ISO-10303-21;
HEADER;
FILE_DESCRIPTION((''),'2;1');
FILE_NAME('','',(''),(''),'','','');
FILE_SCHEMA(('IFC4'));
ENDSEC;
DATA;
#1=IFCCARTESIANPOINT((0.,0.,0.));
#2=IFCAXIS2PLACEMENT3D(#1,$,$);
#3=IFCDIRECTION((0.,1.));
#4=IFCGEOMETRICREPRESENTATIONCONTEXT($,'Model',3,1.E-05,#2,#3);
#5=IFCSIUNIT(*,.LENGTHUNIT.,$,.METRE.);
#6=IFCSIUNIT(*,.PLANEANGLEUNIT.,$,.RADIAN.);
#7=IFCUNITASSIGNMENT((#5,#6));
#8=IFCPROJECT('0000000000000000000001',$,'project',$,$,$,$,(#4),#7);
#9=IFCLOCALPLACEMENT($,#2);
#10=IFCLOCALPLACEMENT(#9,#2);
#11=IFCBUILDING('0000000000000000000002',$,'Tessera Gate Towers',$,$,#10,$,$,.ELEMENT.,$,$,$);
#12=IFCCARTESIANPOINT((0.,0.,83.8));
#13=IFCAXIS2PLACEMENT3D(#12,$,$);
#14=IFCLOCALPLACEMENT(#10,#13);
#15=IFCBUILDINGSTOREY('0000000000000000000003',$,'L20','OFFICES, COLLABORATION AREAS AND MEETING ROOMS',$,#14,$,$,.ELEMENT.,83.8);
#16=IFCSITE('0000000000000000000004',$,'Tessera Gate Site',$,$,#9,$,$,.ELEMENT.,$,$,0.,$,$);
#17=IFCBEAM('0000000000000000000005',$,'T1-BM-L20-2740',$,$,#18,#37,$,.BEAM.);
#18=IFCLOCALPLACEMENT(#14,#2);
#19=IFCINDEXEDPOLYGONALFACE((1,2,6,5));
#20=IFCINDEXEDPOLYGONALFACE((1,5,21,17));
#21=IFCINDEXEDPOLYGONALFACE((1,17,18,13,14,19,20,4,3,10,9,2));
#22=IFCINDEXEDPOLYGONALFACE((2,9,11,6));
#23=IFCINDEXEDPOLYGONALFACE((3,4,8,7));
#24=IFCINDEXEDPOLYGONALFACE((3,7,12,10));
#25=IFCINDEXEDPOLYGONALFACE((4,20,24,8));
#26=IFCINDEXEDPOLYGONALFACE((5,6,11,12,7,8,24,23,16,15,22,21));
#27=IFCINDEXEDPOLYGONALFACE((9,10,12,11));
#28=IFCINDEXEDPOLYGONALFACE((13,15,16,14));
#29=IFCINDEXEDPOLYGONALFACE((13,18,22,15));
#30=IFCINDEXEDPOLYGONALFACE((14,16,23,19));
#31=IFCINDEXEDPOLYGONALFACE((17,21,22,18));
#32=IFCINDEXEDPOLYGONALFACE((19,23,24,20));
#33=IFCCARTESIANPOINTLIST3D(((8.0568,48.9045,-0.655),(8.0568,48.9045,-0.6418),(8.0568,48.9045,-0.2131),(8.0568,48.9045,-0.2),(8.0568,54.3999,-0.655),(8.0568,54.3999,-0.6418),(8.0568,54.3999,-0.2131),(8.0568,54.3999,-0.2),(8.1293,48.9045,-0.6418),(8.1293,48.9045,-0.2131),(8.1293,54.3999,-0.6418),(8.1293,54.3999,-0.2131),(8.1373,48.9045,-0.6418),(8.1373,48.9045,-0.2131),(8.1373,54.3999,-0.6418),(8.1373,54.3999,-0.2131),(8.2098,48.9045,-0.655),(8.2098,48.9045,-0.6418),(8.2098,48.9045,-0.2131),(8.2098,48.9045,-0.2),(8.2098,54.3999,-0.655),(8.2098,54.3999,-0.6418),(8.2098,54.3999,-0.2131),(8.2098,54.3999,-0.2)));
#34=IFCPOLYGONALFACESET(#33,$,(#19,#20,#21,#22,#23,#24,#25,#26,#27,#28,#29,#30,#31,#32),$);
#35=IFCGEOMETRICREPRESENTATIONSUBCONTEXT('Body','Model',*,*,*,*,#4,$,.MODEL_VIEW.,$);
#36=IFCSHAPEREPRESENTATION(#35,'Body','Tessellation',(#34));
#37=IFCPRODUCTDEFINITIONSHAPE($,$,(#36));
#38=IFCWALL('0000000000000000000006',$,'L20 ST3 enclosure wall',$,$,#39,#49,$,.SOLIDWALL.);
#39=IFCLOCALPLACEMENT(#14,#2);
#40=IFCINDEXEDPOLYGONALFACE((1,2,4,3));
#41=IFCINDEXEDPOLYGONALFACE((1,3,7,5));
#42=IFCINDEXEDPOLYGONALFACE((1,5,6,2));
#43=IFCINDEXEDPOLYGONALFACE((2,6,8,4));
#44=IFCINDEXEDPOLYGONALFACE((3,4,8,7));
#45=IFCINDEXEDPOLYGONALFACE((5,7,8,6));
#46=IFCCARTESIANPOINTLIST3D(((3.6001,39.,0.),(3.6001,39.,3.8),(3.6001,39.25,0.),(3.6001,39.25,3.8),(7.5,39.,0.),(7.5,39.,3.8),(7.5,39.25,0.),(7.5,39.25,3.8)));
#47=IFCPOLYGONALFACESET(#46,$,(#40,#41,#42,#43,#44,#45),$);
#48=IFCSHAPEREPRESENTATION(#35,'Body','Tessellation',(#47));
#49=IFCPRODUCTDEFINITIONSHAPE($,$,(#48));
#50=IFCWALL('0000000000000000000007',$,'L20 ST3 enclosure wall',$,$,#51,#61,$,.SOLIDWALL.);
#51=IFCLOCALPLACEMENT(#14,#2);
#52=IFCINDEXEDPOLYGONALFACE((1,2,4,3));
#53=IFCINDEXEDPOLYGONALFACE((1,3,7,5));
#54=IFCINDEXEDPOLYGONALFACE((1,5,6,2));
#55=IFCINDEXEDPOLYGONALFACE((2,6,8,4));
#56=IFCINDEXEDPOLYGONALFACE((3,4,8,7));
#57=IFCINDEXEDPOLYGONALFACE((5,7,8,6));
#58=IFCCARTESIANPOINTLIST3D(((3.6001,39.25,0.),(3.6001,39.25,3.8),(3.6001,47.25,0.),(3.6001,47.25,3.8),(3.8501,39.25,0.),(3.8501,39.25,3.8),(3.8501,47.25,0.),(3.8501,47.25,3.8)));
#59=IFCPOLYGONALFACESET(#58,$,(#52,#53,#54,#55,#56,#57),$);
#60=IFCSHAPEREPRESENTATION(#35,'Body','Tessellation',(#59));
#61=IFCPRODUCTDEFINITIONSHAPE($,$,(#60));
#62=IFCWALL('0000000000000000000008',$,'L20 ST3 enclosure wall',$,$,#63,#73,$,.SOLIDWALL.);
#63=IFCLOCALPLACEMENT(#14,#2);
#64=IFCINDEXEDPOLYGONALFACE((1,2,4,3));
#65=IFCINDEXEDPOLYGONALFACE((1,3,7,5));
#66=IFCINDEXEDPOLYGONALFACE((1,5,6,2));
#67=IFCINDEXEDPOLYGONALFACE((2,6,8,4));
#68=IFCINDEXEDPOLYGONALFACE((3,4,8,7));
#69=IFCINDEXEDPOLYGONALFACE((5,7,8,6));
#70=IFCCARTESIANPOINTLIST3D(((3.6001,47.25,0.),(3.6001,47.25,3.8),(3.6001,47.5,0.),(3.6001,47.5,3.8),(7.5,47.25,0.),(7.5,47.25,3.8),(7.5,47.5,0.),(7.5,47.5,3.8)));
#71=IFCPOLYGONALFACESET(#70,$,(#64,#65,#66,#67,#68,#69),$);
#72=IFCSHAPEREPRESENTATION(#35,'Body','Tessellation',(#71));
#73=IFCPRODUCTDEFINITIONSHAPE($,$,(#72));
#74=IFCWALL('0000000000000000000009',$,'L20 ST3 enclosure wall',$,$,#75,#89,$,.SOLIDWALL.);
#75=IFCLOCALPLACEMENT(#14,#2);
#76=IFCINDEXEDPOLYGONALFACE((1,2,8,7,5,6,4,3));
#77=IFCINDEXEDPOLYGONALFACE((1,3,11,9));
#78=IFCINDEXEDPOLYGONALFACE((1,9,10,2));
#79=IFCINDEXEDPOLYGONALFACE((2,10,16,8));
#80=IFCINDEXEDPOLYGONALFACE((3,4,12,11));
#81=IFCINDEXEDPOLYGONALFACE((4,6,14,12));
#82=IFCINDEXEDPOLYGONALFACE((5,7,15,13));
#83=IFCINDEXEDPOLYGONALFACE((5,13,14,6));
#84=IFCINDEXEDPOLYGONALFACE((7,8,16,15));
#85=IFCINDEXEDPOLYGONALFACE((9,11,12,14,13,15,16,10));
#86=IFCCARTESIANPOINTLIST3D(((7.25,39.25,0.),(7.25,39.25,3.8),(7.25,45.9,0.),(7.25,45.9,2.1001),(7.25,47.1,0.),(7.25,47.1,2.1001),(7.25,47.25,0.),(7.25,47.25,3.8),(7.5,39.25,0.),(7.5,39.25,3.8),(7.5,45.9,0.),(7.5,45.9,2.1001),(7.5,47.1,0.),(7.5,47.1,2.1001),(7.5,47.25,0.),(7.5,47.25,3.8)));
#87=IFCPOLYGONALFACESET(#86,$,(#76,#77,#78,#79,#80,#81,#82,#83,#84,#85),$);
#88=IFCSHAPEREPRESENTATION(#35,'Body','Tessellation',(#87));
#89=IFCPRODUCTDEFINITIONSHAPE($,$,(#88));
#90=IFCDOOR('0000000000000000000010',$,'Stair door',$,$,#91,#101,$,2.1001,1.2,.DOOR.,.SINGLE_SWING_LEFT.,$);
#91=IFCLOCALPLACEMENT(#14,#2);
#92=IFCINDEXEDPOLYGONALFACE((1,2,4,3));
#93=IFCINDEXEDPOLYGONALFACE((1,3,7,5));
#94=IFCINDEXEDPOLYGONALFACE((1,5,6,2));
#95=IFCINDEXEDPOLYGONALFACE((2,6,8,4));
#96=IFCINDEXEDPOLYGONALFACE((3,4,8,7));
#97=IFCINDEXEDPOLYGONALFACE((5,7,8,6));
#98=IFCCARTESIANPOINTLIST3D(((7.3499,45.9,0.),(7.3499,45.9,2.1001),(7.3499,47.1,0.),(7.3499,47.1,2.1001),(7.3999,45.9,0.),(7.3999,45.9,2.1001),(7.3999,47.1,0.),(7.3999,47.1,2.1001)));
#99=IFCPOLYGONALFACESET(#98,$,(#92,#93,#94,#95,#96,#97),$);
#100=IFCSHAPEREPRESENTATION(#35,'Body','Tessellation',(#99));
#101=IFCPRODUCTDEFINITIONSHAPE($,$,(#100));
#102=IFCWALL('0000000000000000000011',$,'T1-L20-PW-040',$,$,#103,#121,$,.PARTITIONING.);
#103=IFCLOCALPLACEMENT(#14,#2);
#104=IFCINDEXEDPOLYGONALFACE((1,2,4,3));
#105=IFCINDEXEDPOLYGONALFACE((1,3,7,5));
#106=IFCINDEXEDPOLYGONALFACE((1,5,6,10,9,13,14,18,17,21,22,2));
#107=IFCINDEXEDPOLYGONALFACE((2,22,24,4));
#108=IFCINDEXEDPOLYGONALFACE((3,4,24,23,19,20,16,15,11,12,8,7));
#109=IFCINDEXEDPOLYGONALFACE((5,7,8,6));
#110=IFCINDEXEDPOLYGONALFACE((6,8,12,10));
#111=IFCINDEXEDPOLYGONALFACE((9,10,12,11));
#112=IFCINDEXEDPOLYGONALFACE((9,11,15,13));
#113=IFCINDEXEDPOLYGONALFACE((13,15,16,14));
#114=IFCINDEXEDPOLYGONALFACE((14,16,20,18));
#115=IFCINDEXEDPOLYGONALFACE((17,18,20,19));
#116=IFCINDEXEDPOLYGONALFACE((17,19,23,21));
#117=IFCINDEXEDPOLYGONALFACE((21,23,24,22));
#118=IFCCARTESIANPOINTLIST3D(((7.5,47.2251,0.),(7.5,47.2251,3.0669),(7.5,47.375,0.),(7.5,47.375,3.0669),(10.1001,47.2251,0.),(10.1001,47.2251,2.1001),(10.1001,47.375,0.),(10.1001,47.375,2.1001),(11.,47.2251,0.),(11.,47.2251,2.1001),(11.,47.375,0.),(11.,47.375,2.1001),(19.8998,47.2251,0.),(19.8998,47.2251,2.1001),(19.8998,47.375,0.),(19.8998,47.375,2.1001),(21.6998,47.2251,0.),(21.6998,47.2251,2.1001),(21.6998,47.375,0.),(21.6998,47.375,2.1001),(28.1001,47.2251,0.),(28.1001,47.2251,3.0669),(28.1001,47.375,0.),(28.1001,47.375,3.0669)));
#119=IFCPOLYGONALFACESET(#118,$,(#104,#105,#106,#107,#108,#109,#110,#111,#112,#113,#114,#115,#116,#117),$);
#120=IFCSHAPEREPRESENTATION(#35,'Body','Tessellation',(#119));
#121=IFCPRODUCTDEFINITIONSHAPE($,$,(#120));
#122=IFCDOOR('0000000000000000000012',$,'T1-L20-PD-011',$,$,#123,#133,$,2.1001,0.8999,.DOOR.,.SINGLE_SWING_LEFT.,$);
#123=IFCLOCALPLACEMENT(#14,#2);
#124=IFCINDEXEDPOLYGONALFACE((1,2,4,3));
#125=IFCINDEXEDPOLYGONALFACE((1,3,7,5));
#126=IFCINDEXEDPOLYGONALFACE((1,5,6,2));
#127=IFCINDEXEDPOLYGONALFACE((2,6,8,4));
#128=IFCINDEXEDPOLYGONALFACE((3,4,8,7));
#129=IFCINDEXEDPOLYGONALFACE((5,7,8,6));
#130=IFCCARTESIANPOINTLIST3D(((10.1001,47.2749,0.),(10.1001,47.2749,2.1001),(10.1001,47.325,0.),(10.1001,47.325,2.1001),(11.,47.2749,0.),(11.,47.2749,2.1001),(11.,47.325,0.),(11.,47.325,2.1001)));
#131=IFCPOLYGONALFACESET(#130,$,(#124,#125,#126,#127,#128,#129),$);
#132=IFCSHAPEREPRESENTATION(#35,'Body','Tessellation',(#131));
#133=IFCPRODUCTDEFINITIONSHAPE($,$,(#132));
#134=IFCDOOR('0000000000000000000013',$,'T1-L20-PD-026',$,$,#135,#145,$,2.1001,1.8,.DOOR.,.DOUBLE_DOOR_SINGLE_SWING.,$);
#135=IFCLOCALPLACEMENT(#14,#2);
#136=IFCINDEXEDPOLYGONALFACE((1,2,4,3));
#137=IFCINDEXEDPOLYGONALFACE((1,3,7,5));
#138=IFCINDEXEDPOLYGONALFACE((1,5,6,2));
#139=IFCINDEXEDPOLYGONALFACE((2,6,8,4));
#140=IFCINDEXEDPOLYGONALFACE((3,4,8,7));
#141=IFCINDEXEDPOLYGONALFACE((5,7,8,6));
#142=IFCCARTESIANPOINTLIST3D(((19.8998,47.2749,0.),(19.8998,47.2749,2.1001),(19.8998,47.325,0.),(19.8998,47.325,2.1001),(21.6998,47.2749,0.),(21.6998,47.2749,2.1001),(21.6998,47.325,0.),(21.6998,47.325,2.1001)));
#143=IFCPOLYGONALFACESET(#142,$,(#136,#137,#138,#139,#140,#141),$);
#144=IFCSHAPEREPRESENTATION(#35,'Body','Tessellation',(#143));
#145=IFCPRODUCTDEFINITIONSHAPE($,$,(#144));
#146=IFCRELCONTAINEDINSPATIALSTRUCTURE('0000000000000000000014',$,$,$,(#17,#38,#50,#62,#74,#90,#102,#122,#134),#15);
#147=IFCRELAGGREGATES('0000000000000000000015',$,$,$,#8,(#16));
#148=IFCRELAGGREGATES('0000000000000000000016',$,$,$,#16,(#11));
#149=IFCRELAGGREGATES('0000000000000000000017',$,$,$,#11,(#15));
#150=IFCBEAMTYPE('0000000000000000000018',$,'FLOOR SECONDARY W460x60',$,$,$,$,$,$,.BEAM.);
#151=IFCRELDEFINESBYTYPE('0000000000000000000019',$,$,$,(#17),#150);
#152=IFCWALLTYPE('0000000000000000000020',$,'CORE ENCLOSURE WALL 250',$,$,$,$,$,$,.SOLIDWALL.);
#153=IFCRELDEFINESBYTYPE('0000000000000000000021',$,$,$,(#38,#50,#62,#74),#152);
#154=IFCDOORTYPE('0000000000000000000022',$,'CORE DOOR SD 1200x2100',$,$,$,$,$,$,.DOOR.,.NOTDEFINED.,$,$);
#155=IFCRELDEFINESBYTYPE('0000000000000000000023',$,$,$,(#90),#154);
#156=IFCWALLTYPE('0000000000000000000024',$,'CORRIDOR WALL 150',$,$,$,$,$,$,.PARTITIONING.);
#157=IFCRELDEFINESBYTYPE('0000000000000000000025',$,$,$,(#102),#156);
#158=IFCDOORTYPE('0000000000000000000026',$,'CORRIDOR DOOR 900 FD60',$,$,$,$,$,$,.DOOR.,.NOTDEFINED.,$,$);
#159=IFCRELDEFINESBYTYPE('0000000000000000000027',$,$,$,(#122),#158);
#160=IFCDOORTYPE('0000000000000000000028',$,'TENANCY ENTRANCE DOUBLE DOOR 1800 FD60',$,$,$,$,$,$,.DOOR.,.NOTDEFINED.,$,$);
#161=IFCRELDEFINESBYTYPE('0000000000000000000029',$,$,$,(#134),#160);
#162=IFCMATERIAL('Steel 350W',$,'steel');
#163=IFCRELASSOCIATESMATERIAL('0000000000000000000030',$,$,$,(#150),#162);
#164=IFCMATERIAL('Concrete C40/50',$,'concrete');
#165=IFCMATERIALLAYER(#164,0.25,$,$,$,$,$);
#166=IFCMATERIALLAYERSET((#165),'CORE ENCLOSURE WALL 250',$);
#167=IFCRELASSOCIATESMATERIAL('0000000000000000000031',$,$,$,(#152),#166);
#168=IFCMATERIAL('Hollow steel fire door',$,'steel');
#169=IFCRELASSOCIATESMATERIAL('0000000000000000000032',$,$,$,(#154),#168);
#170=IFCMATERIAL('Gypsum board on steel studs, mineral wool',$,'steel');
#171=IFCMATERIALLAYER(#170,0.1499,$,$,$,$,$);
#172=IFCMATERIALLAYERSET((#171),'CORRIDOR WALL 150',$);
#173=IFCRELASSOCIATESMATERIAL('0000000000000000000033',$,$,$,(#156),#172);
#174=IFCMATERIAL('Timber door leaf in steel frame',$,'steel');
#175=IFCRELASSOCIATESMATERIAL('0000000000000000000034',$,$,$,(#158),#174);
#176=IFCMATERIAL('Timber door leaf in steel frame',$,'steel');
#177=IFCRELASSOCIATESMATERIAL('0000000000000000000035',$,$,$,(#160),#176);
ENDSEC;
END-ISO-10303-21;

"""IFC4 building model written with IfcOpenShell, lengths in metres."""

from ifc_helpers import new_model, si_unit, direction, frame, frame_2d, origin, origin_2d, place, context, subcontext, project, spatial, rectangle, i_section, extrude, source, transform, mapped, material, layer, layer_set, material_profile, profile_set, type_object, element, fill, save


model = new_model("IFC4")

# Units and contexts
model_context = context("Model", 3, precision=1e-05, world=origin(), true_north=direction((0.0, 1.0)))
body_context = subcontext(model_context, "Body", "Model", "MODEL_VIEW")
ifc_project = project(units=[si_unit("LENGTHUNIT", "METRE"), si_unit("PLANEANGLEUNIT", "RADIAN")], contexts=[model_context])

# Site, building, storey
site_placement = place(None, origin())
site = spatial("IfcSite", under=ifc_project, at=site_placement, Name="Tessera Gate Site", CompositionType="ELEMENT", RefElevation=0.0)
building_placement = place(site_placement, origin())
building = spatial("IfcBuilding", under=site, at=building_placement, Name="Tessera Gate Towers", CompositionType="ELEMENT")
storey_placement = place(building_placement, frame((0.0, 0.0, 83.8)))
storey = spatial("IfcBuildingStorey", under=building, at=storey_placement, Name="L20", Description="OFFICES, COLLABORATION AREAS AND MEETING ROOMS", CompositionType="ELEMENT", Elevation=83.8)

# Beam
ifc_material_1 = material(Name="Steel 350W", Category="steel")
ifc_material_profile_1 = material_profile(ifc_material_1, i_section(OverallWidth=0.1531, OverallDepth=0.4551, WebThickness=0.0081, FlangeThickness=0.0132, at=origin_2d()), Name="W460x60")
ifc_profile_set_1 = profile_set([ifc_material_profile_1], Name="Steel 350W")
beam_type_1 = type_object("IfcBeamType", Name="FLOOR SECONDARY W460x60", PredefinedType="BEAM", material=ifc_profile_set_1)
beam_1_placement = place(storey_placement, frame((8.1333, 48.9045, -0.4275), z_axis=(0.0, 1.0, 0.0), x_axis=(-1.0, 0.0, 0.0)))
element("IfcBeam", 1, at=beam_1_placement, inside=storey, type_object=beam_type_1, Name="T1-BM-L20-2740", PredefinedType="BEAM", context=body_context, shape_type="SweptSolid", body=[
    extrude(i_section(OverallWidth=0.1531, OverallDepth=0.4551, WebThickness=0.0081, FlangeThickness=0.0132, at=origin_2d()), origin(), (0.0, 0.0, 1.0), 5.4954),
])

# Walls
ifc_material_2 = material(Name="Concrete C40/50", Category="concrete")
ifc_layer_1 = layer(ifc_material_2, 0.25)
ifc_layer_set_1 = layer_set([ifc_layer_1], Name="CORE ENCLOSURE WALL 250")
wall_type_1 = type_object("IfcWallType", Name="CORE ENCLOSURE WALL 250", PredefinedType="SOLIDWALL", material=ifc_layer_set_1)
wall_1_placement = place(storey_placement, frame((7.5, 39.125, 0.0), z_axis=(0.0, 0.0, 1.0), x_axis=(-1.0, 0.0, 0.0)))
element("IfcWall", 2, at=wall_1_placement, inside=storey, type_object=wall_type_1, Name="L20 ST3 enclosure wall", PredefinedType="SOLIDWALL", context=body_context, shape_type="SweptSolid", body=[
    extrude(rectangle(XDim=3.8999, YDim=0.25, at=frame_2d((1.95, 0.0))), origin(), (0.0, 0.0, 1.0), 3.8),
])
wall_2_placement = place(storey_placement, frame((3.7251, 39.25, 0.0), z_axis=(0.0, 0.0, 1.0), x_axis=(0.0, 1.0, 0.0)))
element("IfcWall", 3, at=wall_2_placement, inside=storey, type_object=wall_type_1, Name="L20 ST3 enclosure wall", PredefinedType="SOLIDWALL", context=body_context, shape_type="SweptSolid", body=[
    extrude(rectangle(XDim=8.0, YDim=0.25, at=frame_2d((4.0, 0.0))), origin(), (0.0, 0.0, 1.0), 3.8),
])
wall_3_placement = place(storey_placement, frame((3.6001, 47.375, 0.0), z_axis=(0.0, 0.0, 1.0), x_axis=(1.0, 0.0, 0.0)))
element("IfcWall", 4, at=wall_3_placement, inside=storey, type_object=wall_type_1, Name="L20 ST3 enclosure wall", PredefinedType="SOLIDWALL", context=body_context, shape_type="SweptSolid", body=[
    extrude(rectangle(XDim=3.8999, YDim=0.25, at=frame_2d((1.95, 0.0))), origin(), (0.0, 0.0, 1.0), 3.8),
])

# Wall, opening, door
wall_4_placement = place(storey_placement, frame((7.375, 47.25, 0.0), z_axis=(0.0, 0.0, 1.0), x_axis=(0.0, -1.0, 0.0)))
wall_4 = element("IfcWall", 5, at=wall_4_placement, inside=storey, type_object=wall_type_1, Name="L20 ST3 enclosure wall", PredefinedType="SOLIDWALL", context=body_context, shape_type="SweptSolid", body=[
    extrude(rectangle(XDim=8.0, YDim=0.25, at=frame_2d((4.0, 0.0))), origin(), (0.0, 0.0, 1.0), 3.8),
])
shared_shape_1 = source(origin(), body_context, "Body", "SweptSolid", [
    extrude(rectangle(XDim=1.2, YDim=2.1001, at=frame_2d((0.6001, 1.05))), frame((0.0, 0.135, 0.0), z_axis=(0.0, -1.0, 0.0), x_axis=(1.0, 0.0, 0.0)), (0.0, 0.0, 1.0), 0.27),
])
opening_1_placement = place(wall_4_placement, frame((0.1499, 0.0, 0.0)))
opening_1 = element("IfcOpeningElement", 6, at=opening_1_placement, cuts=wall_4, PredefinedType="OPENING", context=body_context, shape_type="MappedRepresentation", body=[
    mapped(shared_shape_1, transform((0.0, 0.0, 0.0), scale=1.0)),
])
ifc_material_3 = material(Name="Hollow steel fire door", Category="steel")
door_type_1 = type_object("IfcDoorType", Name="CORE DOOR SD 1200x2100", OperationType="NOTDEFINED", PredefinedType="DOOR", material=ifc_material_3)
shared_shape_2 = source(origin(), body_context, "Body", "SweptSolid", [
    extrude(rectangle(XDim=1.2, YDim=2.1001, at=frame_2d((0.6001, 1.05))), frame((0.0, 0.0249, 0.0), z_axis=(0.0, -1.0, 0.0), x_axis=(1.0, 0.0, 0.0)), (0.0, 0.0, 1.0), 0.05),
])
door_1_placement = place(opening_1_placement, origin())
door_1 = element("IfcDoor", 7, at=door_1_placement, inside=storey, type_object=door_type_1, Name="Stair door", OperationType="SINGLE_SWING_LEFT", OverallHeight=2.1001, OverallWidth=1.2, PredefinedType="DOOR", context=body_context, shape_type="MappedRepresentation", body=[
    mapped(shared_shape_2, transform((0.0, 0.0, 0.0), scale=1.0)),
])
fill(opening_1, door_1)

# Wall, openings, doors
ifc_material_4 = material(Name="Gypsum board on steel studs, mineral wool", Category="steel")
ifc_layer_2 = layer(ifc_material_4, 0.1499)
ifc_layer_set_2 = layer_set([ifc_layer_2], Name="CORRIDOR WALL 150")
wall_type_2 = type_object("IfcWallType", Name="CORRIDOR WALL 150", PredefinedType="PARTITIONING", material=ifc_layer_set_2)
wall_5_placement = place(storey_placement, frame((7.5, 47.3, 0.0), z_axis=(0.0, 0.0, 1.0), x_axis=(1.0, 0.0, 0.0)))
wall_5 = element("IfcWall", 8, at=wall_5_placement, inside=storey, type_object=wall_type_2, Name="T1-L20-PW-040", PredefinedType="PARTITIONING", context=body_context, shape_type="SweptSolid", body=[
    extrude(rectangle(XDim=20.6001, YDim=0.1499, at=frame_2d((10.3, 0.0))), origin(), (0.0, 0.0, 1.0), 3.0669),
])
shared_shape_3 = source(origin(), body_context, "Body", "SweptSolid", [
    extrude(rectangle(XDim=0.8999, YDim=2.1001, at=frame_2d((0.45, 1.05))), frame((0.0, 0.085, 0.0), z_axis=(0.0, -1.0, 0.0), x_axis=(1.0, 0.0, 0.0)), (0.0, 0.0, 1.0), 0.1699),
])
opening_2_placement = place(wall_5_placement, frame((2.6001, 0.0, 0.0)))
opening_2 = element("IfcOpeningElement", 9, at=opening_2_placement, cuts=wall_5, PredefinedType="OPENING", context=body_context, shape_type="MappedRepresentation", body=[
    mapped(shared_shape_3, transform((0.0, 0.0, 0.0), scale=1.0)),
])
shared_shape_4 = source(origin(), body_context, "Body", "SweptSolid", [
    extrude(rectangle(XDim=1.8, YDim=2.1001, at=frame_2d((0.8999, 1.05))), frame((0.0, 0.085, 0.0), z_axis=(0.0, -1.0, 0.0), x_axis=(1.0, 0.0, 0.0)), (0.0, 0.0, 1.0), 0.1699),
])
opening_3_placement = place(wall_5_placement, frame((12.3999, 0.0, 0.0)))
opening_3 = element("IfcOpeningElement", 10, at=opening_3_placement, cuts=wall_5, PredefinedType="OPENING", context=body_context, shape_type="MappedRepresentation", body=[
    mapped(shared_shape_4, transform((0.0, 0.0, 0.0), scale=1.0)),
])
ifc_material_5 = material(Name="Timber door leaf in steel frame", Category="steel")
door_type_2 = type_object("IfcDoorType", Name="CORRIDOR DOOR 900 FD60", OperationType="NOTDEFINED", PredefinedType="DOOR", material=ifc_material_5)
shared_shape_5 = source(origin(), body_context, "Body", "SweptSolid", [
    extrude(rectangle(XDim=0.8999, YDim=2.1001, at=frame_2d((0.45, 1.05))), frame((0.0, 0.0249, 0.0), z_axis=(0.0, -1.0, 0.0), x_axis=(1.0, 0.0, 0.0)), (0.0, 0.0, 1.0), 0.05),
])
door_2_placement = place(opening_2_placement, origin())
door_2 = element("IfcDoor", 11, at=door_2_placement, inside=storey, type_object=door_type_2, Name="T1-L20-PD-011", OperationType="SINGLE_SWING_LEFT", OverallHeight=2.1001, OverallWidth=0.8999, PredefinedType="DOOR", context=body_context, shape_type="MappedRepresentation", body=[
    mapped(shared_shape_5, transform((0.0, 0.0, 0.0), scale=1.0)),
])
fill(opening_2, door_2)
ifc_material_6 = material(Name="Timber door leaf in steel frame", Category="steel")
door_type_3 = type_object("IfcDoorType", Name="TENANCY ENTRANCE DOUBLE DOOR 1800 FD60", OperationType="NOTDEFINED", PredefinedType="DOOR", material=ifc_material_6)
shared_shape_6 = source(origin(), body_context, "Body", "SweptSolid", [
    extrude(rectangle(XDim=1.8, YDim=2.1001, at=frame_2d((0.8999, 1.05))), frame((0.0, 0.0249, 0.0), z_axis=(0.0, -1.0, 0.0), x_axis=(1.0, 0.0, 0.0)), (0.0, 0.0, 1.0), 0.05),
])
door_3_placement = place(opening_3_placement, origin())
door_3 = element("IfcDoor", 12, at=door_3_placement, inside=storey, type_object=door_type_3, Name="T1-L20-PD-026", OperationType="DOUBLE_DOOR_SINGLE_SWING", OverallHeight=2.1001, OverallWidth=1.8, PredefinedType="DOOR", context=body_context, shape_type="MappedRepresentation", body=[
    mapped(shared_shape_6, transform((0.0, 0.0, 0.0), scale=1.0)),
])
fill(opening_3, door_3)

save(model, "model.ifc")
